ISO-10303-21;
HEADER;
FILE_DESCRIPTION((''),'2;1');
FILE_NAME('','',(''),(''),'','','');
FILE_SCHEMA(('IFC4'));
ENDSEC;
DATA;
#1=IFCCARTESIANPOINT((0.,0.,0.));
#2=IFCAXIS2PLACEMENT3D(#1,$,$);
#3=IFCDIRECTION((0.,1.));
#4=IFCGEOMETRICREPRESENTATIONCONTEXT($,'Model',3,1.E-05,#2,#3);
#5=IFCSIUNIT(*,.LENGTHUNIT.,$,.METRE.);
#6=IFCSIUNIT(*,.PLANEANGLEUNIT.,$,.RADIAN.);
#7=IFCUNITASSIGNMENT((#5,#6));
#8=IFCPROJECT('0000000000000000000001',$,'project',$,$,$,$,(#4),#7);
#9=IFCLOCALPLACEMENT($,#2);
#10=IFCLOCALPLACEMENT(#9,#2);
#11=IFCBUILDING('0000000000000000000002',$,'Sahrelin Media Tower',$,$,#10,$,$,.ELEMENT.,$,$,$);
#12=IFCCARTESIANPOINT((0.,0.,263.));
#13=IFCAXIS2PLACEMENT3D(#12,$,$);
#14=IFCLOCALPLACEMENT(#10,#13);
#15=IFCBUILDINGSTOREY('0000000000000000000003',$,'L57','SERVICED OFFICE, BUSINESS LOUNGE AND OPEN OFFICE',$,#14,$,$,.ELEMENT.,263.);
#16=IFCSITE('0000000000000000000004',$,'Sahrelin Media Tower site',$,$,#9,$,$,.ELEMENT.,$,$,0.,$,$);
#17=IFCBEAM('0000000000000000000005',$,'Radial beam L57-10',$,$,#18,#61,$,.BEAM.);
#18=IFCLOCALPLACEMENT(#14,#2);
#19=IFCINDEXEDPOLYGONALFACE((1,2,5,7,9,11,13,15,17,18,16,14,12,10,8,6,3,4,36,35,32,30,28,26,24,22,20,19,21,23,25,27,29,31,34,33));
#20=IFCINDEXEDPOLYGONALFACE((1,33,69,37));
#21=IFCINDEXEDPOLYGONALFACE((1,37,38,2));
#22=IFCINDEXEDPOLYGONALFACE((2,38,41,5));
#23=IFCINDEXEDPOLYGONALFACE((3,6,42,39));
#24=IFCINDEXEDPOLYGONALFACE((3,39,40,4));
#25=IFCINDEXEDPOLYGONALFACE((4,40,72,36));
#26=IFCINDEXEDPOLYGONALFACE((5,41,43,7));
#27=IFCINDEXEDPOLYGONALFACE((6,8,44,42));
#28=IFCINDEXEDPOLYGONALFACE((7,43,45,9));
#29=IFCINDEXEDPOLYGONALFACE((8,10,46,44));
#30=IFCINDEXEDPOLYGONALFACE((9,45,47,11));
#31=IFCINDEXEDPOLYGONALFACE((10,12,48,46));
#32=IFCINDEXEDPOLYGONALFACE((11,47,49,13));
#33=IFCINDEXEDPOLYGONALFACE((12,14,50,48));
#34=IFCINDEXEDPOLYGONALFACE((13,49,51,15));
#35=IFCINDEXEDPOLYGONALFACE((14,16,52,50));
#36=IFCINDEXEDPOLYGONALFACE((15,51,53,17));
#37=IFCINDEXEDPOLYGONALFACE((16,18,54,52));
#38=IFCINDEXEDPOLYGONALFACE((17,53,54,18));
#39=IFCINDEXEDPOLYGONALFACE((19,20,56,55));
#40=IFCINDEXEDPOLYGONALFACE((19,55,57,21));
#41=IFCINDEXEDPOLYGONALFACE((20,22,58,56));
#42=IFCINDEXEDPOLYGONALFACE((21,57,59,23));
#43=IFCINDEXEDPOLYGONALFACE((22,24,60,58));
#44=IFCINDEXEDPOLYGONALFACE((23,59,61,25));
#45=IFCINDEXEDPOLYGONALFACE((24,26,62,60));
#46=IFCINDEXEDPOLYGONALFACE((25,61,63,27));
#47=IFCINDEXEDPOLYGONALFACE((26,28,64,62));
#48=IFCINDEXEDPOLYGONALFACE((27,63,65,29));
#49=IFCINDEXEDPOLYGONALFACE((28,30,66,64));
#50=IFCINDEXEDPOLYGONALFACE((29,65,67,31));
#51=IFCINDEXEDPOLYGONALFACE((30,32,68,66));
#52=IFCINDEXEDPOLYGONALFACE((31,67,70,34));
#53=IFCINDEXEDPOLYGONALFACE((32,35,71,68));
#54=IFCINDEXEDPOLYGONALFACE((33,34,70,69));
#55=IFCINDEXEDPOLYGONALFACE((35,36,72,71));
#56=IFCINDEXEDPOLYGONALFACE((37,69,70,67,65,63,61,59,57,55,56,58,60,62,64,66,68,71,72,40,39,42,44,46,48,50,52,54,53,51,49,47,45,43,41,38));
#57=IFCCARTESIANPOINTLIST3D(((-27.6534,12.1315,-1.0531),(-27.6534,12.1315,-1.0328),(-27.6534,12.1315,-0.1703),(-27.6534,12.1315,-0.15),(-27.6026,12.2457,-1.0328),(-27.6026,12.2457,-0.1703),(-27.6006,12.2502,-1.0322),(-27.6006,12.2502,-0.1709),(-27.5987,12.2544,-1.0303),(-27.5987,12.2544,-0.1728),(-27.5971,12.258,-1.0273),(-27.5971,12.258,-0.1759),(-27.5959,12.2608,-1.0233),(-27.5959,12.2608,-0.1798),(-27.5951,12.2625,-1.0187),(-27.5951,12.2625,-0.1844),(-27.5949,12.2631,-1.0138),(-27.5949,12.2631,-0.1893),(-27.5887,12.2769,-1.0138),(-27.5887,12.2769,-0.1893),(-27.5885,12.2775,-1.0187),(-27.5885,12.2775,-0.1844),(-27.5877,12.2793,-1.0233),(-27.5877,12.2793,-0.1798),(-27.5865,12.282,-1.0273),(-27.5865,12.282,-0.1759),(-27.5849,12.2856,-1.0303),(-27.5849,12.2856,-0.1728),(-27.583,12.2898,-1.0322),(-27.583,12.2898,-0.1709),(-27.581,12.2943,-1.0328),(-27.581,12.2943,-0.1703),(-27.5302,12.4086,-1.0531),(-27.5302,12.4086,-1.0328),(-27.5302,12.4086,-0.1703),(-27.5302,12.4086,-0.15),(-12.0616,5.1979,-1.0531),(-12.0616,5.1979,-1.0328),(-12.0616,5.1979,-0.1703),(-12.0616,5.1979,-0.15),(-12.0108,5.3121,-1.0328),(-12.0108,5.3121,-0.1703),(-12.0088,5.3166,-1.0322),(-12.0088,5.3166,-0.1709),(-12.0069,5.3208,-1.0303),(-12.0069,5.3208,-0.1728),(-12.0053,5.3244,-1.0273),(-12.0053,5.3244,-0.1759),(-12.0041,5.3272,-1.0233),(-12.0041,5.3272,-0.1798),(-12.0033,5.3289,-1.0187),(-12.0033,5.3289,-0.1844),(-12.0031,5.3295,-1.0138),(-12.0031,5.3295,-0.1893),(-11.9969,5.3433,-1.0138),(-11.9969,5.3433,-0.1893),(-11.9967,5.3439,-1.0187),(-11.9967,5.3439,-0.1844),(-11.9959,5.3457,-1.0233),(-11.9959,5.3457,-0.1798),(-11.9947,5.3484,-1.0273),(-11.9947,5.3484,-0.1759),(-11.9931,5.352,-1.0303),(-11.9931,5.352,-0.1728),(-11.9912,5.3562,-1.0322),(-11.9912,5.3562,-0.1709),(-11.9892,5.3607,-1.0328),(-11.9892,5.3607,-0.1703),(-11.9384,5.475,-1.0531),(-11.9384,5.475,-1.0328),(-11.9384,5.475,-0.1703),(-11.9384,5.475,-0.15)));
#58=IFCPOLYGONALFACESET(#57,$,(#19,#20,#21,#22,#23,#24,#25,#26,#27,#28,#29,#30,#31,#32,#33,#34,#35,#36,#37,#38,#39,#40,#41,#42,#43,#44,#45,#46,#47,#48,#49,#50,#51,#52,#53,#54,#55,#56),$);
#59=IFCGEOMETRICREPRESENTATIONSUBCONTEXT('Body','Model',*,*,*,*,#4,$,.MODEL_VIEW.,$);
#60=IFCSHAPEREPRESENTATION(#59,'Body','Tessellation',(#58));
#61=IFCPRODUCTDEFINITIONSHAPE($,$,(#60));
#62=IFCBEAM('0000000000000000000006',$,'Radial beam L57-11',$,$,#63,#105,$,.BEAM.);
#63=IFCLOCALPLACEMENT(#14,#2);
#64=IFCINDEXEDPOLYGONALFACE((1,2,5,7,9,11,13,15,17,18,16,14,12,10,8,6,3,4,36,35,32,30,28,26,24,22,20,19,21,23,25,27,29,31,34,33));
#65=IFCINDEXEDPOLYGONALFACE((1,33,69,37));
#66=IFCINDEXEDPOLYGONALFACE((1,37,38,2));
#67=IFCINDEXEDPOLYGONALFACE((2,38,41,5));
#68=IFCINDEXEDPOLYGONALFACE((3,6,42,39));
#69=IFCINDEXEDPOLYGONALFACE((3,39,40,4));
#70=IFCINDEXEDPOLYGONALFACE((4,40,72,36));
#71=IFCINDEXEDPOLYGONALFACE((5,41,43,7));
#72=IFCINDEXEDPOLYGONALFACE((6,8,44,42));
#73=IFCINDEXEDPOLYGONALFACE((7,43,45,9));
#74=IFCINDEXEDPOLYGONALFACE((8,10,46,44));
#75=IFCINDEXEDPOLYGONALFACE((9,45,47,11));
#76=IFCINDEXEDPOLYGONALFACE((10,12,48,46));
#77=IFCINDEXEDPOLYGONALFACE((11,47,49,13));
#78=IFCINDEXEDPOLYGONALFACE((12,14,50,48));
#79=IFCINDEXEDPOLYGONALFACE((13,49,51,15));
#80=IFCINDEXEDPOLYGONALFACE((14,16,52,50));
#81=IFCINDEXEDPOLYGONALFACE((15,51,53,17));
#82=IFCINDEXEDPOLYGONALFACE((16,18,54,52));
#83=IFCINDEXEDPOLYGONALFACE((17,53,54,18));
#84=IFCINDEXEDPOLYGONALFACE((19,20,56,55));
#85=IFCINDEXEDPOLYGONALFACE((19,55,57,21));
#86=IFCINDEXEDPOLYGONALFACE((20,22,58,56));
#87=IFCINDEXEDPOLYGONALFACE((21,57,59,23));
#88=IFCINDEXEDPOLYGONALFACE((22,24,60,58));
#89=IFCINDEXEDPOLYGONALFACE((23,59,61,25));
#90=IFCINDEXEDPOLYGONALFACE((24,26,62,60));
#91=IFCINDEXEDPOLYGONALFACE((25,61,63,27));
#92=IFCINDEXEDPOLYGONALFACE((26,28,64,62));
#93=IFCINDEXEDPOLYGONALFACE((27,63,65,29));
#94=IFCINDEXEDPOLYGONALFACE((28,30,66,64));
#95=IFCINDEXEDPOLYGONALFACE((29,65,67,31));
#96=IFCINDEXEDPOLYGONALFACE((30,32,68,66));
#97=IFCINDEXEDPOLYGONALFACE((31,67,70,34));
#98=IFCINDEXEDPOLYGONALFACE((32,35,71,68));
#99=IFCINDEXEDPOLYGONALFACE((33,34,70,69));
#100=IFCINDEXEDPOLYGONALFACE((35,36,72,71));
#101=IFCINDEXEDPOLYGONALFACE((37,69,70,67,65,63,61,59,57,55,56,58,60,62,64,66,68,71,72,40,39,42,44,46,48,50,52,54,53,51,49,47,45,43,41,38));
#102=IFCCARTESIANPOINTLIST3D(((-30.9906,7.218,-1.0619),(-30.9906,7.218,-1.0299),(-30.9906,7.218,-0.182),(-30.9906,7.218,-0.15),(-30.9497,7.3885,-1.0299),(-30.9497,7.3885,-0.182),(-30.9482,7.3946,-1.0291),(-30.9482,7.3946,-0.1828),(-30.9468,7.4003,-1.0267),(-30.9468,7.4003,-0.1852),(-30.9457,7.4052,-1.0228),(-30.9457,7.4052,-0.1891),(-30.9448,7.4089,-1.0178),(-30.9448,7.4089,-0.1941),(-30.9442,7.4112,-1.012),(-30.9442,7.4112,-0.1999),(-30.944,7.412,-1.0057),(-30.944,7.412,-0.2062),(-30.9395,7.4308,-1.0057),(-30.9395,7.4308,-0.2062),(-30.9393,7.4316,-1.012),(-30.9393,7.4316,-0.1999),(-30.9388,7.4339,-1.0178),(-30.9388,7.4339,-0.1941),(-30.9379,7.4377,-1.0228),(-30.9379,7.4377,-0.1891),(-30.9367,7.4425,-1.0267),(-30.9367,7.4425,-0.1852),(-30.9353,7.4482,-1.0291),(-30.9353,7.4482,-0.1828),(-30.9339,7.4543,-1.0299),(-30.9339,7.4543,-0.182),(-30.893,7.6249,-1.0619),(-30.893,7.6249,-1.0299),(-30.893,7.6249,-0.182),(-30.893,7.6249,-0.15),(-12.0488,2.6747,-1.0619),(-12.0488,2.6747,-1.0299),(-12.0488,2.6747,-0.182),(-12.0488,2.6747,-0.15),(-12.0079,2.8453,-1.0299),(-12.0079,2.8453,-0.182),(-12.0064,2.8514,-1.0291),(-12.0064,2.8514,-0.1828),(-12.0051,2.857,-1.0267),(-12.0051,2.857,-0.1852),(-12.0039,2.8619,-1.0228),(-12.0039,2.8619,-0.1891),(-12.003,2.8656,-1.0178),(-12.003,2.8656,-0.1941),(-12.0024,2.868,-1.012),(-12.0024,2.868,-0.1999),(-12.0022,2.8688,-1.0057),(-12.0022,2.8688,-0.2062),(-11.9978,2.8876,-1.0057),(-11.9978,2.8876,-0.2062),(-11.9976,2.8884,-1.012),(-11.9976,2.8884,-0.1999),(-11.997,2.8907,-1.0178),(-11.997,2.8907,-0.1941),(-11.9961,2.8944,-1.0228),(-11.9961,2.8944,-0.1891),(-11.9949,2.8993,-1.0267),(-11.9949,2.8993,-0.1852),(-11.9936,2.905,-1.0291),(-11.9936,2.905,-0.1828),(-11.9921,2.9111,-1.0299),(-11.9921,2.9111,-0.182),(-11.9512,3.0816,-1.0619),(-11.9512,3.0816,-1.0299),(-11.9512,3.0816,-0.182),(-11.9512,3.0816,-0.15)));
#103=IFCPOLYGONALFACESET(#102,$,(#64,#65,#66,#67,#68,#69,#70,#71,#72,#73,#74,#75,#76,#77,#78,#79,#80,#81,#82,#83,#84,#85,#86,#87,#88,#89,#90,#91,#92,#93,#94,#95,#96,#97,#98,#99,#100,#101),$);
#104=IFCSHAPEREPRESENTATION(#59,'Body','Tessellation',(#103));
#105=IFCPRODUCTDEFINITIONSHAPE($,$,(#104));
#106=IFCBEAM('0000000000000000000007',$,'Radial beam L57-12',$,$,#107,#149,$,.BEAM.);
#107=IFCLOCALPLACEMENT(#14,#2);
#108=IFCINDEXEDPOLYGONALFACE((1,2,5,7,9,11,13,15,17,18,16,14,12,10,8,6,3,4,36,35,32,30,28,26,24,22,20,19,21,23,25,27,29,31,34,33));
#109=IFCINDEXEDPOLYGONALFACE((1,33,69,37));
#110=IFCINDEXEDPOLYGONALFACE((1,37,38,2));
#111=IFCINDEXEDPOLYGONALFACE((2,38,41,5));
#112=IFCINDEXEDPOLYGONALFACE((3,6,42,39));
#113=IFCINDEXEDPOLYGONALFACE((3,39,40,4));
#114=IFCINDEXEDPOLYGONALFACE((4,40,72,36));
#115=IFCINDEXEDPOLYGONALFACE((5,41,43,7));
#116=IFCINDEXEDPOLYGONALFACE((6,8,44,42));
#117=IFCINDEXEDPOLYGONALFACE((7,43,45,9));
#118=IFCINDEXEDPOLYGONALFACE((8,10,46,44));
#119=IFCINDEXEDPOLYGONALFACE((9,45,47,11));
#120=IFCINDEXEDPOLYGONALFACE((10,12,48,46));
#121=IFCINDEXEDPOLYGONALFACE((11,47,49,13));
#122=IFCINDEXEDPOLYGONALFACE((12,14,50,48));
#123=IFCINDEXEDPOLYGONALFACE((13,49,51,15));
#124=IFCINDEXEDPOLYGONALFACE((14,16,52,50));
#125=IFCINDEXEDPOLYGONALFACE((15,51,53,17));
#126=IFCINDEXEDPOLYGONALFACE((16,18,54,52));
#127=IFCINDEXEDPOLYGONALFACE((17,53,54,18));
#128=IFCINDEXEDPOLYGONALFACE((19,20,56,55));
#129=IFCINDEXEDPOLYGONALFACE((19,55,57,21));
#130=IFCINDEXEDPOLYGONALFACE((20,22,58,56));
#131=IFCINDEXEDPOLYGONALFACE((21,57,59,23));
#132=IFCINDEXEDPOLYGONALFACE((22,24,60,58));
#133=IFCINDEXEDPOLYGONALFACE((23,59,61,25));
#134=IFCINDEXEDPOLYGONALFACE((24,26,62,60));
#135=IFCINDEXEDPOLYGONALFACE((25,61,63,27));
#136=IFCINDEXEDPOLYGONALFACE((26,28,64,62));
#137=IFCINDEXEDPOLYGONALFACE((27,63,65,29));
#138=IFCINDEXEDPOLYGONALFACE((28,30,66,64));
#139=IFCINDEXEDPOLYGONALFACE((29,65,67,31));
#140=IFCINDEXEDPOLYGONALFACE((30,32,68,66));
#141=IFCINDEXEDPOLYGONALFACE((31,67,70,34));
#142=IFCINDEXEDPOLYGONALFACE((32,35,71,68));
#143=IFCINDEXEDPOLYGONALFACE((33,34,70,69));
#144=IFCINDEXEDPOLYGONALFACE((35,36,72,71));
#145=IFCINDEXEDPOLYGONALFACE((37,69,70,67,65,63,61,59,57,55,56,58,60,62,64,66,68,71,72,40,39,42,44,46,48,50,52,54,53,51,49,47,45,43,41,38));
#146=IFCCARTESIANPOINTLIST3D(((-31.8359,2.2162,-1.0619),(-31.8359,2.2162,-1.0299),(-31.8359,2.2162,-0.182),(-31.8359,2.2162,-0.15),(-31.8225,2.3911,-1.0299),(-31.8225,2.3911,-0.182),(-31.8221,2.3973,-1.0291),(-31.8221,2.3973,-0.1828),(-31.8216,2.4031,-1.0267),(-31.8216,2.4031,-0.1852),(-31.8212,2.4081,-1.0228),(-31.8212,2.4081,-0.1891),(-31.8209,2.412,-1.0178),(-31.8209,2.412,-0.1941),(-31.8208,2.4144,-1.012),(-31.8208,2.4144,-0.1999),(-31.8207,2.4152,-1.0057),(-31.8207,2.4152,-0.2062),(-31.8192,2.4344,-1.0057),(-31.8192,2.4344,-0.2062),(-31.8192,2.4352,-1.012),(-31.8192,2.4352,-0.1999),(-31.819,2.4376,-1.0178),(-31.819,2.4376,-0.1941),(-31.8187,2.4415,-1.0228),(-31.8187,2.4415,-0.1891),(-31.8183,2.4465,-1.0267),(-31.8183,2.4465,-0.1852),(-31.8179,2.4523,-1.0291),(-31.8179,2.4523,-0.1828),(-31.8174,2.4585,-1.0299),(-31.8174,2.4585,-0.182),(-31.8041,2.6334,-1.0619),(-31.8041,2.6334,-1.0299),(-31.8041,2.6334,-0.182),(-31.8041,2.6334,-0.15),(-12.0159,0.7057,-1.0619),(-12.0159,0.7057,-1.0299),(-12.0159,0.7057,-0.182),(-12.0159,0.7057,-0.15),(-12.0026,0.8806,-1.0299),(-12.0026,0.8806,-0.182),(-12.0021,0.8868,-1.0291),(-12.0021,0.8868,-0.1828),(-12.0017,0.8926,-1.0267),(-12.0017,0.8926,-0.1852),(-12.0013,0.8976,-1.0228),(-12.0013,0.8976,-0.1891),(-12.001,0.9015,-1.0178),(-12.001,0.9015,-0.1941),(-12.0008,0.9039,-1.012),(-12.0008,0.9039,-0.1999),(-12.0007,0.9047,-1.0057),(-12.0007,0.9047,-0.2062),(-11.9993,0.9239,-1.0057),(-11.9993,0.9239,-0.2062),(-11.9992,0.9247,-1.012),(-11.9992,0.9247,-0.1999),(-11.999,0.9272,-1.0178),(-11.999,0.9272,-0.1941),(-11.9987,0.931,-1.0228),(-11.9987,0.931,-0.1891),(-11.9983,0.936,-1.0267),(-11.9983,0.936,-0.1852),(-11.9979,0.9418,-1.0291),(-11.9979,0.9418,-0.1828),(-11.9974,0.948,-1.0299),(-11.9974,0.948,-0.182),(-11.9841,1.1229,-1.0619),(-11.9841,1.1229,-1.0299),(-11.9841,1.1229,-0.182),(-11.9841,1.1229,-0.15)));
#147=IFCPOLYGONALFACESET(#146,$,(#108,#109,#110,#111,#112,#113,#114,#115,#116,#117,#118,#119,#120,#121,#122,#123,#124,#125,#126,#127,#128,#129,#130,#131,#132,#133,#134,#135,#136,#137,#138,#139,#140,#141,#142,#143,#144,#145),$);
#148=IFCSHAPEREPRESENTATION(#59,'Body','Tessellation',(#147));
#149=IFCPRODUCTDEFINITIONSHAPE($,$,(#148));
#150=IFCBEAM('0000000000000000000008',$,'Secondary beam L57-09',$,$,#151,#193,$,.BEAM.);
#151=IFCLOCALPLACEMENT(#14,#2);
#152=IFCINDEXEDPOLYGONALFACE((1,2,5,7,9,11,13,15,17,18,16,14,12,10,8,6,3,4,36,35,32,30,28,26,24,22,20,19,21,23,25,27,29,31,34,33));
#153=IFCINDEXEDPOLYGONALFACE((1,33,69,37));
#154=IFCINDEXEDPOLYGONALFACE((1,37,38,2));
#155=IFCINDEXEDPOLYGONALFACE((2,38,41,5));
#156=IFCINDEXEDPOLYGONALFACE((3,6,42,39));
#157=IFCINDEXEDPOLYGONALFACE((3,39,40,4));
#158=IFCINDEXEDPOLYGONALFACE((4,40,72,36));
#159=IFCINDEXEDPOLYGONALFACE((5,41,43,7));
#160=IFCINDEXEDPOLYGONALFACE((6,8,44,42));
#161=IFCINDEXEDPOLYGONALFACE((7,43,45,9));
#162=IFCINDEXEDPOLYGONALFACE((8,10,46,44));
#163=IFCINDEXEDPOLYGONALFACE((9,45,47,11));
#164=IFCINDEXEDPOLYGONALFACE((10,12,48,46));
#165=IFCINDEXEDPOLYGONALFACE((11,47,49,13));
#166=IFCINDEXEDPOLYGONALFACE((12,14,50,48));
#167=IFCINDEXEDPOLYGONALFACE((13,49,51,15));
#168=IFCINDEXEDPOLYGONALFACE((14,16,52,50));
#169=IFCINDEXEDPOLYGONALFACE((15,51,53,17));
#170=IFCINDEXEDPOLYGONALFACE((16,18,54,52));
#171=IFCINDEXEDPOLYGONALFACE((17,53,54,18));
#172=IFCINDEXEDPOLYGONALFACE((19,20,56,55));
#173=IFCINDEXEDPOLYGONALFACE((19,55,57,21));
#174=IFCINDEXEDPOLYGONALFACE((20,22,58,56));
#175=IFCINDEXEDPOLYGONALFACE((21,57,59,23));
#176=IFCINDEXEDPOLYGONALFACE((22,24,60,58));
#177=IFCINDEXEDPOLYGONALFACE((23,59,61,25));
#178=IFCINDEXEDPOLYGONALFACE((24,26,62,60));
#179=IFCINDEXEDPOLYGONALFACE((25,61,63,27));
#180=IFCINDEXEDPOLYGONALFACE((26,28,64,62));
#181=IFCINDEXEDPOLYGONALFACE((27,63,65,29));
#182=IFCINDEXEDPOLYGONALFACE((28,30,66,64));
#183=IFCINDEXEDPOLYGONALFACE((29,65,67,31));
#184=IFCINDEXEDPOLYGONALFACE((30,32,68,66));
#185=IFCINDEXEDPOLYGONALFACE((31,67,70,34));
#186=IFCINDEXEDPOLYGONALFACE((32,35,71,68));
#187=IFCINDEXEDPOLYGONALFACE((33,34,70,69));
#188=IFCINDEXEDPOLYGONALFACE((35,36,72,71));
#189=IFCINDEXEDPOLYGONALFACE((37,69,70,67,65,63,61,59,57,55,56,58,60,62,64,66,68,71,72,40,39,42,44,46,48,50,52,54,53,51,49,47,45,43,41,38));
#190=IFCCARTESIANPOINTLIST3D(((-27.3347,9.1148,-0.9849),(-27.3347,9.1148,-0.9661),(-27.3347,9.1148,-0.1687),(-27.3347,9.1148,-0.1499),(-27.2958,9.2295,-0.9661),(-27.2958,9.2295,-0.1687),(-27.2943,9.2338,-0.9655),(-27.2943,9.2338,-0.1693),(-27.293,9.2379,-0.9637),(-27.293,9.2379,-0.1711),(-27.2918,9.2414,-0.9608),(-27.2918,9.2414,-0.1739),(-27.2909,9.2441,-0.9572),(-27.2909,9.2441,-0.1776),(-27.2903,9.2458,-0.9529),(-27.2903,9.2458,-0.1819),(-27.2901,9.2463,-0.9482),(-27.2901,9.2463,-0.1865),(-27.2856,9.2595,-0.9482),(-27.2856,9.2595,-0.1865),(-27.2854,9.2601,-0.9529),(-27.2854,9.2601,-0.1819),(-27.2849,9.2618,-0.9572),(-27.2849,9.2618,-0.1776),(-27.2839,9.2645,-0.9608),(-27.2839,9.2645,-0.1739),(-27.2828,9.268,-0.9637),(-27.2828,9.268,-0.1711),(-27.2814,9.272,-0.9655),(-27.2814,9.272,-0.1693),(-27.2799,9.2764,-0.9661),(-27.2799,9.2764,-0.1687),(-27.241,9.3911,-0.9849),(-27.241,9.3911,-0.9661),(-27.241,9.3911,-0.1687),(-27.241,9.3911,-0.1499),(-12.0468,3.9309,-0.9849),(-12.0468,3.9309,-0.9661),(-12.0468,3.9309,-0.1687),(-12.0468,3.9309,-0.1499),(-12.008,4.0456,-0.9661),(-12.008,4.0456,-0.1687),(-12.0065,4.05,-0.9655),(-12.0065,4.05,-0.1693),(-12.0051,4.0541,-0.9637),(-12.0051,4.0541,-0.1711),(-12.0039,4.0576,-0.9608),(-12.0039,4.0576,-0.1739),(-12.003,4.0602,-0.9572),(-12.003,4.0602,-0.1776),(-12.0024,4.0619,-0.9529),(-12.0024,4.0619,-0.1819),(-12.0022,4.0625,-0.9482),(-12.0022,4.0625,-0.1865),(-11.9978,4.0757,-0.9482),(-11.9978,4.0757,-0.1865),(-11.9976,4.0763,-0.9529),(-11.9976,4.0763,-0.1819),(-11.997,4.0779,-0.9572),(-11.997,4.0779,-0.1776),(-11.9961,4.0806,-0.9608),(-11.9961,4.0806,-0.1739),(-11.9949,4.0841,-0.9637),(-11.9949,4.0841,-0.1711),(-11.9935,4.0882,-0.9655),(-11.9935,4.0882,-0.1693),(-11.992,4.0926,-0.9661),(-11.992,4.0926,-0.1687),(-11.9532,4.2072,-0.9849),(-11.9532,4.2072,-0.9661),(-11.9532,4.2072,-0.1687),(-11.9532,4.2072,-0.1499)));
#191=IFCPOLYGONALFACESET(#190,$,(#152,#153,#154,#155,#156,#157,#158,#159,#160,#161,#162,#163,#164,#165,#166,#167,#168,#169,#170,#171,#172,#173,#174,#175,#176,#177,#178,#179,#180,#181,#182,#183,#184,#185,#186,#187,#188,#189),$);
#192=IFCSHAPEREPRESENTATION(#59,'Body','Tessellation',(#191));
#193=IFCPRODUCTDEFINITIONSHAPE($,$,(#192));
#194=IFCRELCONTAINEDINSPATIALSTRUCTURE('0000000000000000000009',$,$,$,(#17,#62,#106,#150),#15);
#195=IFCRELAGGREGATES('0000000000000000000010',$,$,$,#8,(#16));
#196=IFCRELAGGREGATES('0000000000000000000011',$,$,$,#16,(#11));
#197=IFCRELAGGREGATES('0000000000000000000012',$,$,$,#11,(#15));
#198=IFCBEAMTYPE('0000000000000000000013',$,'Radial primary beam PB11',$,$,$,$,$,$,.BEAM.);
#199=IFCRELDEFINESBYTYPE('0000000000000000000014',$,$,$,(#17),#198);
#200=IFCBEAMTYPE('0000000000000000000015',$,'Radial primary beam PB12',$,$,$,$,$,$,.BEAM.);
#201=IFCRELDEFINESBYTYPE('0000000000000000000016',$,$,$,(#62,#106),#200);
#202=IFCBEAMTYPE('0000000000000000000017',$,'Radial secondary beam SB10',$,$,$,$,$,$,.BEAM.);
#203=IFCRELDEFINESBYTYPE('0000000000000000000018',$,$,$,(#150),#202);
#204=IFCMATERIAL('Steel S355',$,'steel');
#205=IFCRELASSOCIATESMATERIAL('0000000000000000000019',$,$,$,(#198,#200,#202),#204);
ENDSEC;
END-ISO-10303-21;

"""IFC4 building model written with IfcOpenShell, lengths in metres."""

from ifc_helpers import new_model, si_unit, direction, frame, origin, origin_2d, place, context, subcontext, project, spatial, i_section, extrude, material, material_profile, profile_set, type_object, element, save


model = new_model("IFC4")

# Units and contexts
model_context = context("Model", 3, precision=1e-05, world=origin(), true_north=direction((0.0, 1.0)))
body_context = subcontext(model_context, "Body", "Model", "MODEL_VIEW")
ifc_project = project(units=[si_unit("LENGTHUNIT", "METRE"), si_unit("PLANEANGLEUNIT", "RADIAN")], contexts=[model_context])

# Site, building, storey
site_placement = place(None, origin())
site = spatial("IfcSite", under=ifc_project, at=site_placement, Name="Sahrelin Media Tower site", CompositionType="ELEMENT", RefElevation=0.0)
building_placement = place(site_placement, origin())
building = spatial("IfcBuilding", under=site, at=building_placement, Name="Sahrelin Media Tower", CompositionType="ELEMENT")
storey_placement = place(building_placement, frame((0.0, 0.0, 263.0)))
storey = spatial("IfcBuildingStorey", under=building, at=storey_placement, Name="L57", Description="SERVICED OFFICE, BUSINESS LOUNGE AND OPEN OFFICE", CompositionType="ELEMENT", Elevation=263.0)

# Beams
ifc_material_1 = material(Name="Steel S355", Category="steel")
ifc_material_profile_1 = material_profile(ifc_material_1, i_section(OverallWidth=0.3032, OverallDepth=0.9031, WebThickness=0.0151, FlangeThickness=0.0203, FilletRadius=0.019, at=origin_2d()), Name="UB 914x305x201")
ifc_profile_set_1 = profile_set([ifc_material_profile_1], Name="Steel S355")
beam_type_1 = type_object("IfcBeamType", Name="Radial primary beam PB11", PredefinedType="BEAM", material=ifc_profile_set_1)
beam_1_placement = place(storey_placement, frame((-12.0, 5.3364, -0.6016), z_axis=(-0.913727, 0.40633, 0.0), x_axis=(-0.40633, -0.913727, 0.0)))
element("IfcBeam", 1, at=beam_1_placement, inside=storey, type_object=beam_type_1, Name="Radial beam L57-10", PredefinedType="BEAM", context=body_context, shape_type="SweptSolid", body=[
    extrude(i_section(OverallWidth=0.3032, OverallDepth=0.9031, WebThickness=0.0151, FlangeThickness=0.0203, FilletRadius=0.019, at=origin_2d()), origin(), (0.0, 0.0, 1.0), 17.064),
])
ifc_material_profile_2 = material_profile(ifc_material_1, i_section(OverallWidth=0.4185, OverallDepth=0.9119, WebThickness=0.0193, FlangeThickness=0.032, FilletRadius=0.0242, at=origin_2d()), Name="UB 914x419x343")
ifc_profile_set_2 = profile_set([ifc_material_profile_2], Name="Steel S355")
beam_type_2 = type_object("IfcBeamType", Name="Radial primary beam PB12", PredefinedType="BEAM", material=ifc_profile_set_2)
beam_2_placement = place(storey_placement, frame((-12.0, 2.8782, -0.606), z_axis=(-0.97242, 0.233238, 0.0), x_axis=(-0.233238, -0.97242, 0.0)))
element("IfcBeam", 2, at=beam_2_placement, inside=storey, type_object=beam_type_2, Name="Radial beam L57-11", PredefinedType="BEAM", context=body_context, shape_type="SweptSolid", body=[
    extrude(i_section(OverallWidth=0.4185, OverallDepth=0.9119, WebThickness=0.0193, FlangeThickness=0.032, FilletRadius=0.0242, at=origin_2d()), origin(), (0.0, 0.0, 1.0), 19.479),
])
beam_3_placement = place(storey_placement, frame((-12.0, 0.9143, -0.606), z_axis=(-0.997109, 0.07599, 0.0), x_axis=(-0.07599, -0.997109, 0.0)))
element("IfcBeam", 3, at=beam_3_placement, inside=storey, type_object=beam_type_2, Name="Radial beam L57-12", PredefinedType="BEAM", context=body_context, shape_type="SweptSolid", body=[
    extrude(i_section(OverallWidth=0.4185, OverallDepth=0.9119, WebThickness=0.0193, FlangeThickness=0.032, FilletRadius=0.0242, at=origin_2d()), origin(), (0.0, 0.0, 1.0), 19.8774),
])
ifc_material_profile_3 = material_profile(ifc_material_1, i_section(OverallWidth=0.2917, OverallDepth=0.835, WebThickness=0.0139, FlangeThickness=0.0188, FilletRadius=0.0178, at=origin_2d()), Name="UB 838x292x176")
ifc_profile_set_3 = profile_set([ifc_material_profile_3], Name="Steel S355")
beam_type_3 = type_object("IfcBeamType", Name="Radial secondary beam SB10", PredefinedType="BEAM", material=ifc_profile_set_3)
beam_4_placement = place(storey_placement, frame((-12.0, 4.0691, -0.5674), z_axis=(-0.947037, 0.321124, 0.0), x_axis=(-0.321124, -0.947037, 0.0)))
element("IfcBeam", 4, at=beam_4_placement, inside=storey, type_object=beam_type_3, Name="Secondary beam L57-09", PredefinedType="BEAM", context=body_context, shape_type="SweptSolid", body=[
    extrude(i_section(OverallWidth=0.2917, OverallDepth=0.835, WebThickness=0.0139, FlangeThickness=0.0188, FilletRadius=0.0178, at=origin_2d()), origin(), (0.0, 0.0, 1.0), 16.1428),
])

save(model, "model.ifc")
